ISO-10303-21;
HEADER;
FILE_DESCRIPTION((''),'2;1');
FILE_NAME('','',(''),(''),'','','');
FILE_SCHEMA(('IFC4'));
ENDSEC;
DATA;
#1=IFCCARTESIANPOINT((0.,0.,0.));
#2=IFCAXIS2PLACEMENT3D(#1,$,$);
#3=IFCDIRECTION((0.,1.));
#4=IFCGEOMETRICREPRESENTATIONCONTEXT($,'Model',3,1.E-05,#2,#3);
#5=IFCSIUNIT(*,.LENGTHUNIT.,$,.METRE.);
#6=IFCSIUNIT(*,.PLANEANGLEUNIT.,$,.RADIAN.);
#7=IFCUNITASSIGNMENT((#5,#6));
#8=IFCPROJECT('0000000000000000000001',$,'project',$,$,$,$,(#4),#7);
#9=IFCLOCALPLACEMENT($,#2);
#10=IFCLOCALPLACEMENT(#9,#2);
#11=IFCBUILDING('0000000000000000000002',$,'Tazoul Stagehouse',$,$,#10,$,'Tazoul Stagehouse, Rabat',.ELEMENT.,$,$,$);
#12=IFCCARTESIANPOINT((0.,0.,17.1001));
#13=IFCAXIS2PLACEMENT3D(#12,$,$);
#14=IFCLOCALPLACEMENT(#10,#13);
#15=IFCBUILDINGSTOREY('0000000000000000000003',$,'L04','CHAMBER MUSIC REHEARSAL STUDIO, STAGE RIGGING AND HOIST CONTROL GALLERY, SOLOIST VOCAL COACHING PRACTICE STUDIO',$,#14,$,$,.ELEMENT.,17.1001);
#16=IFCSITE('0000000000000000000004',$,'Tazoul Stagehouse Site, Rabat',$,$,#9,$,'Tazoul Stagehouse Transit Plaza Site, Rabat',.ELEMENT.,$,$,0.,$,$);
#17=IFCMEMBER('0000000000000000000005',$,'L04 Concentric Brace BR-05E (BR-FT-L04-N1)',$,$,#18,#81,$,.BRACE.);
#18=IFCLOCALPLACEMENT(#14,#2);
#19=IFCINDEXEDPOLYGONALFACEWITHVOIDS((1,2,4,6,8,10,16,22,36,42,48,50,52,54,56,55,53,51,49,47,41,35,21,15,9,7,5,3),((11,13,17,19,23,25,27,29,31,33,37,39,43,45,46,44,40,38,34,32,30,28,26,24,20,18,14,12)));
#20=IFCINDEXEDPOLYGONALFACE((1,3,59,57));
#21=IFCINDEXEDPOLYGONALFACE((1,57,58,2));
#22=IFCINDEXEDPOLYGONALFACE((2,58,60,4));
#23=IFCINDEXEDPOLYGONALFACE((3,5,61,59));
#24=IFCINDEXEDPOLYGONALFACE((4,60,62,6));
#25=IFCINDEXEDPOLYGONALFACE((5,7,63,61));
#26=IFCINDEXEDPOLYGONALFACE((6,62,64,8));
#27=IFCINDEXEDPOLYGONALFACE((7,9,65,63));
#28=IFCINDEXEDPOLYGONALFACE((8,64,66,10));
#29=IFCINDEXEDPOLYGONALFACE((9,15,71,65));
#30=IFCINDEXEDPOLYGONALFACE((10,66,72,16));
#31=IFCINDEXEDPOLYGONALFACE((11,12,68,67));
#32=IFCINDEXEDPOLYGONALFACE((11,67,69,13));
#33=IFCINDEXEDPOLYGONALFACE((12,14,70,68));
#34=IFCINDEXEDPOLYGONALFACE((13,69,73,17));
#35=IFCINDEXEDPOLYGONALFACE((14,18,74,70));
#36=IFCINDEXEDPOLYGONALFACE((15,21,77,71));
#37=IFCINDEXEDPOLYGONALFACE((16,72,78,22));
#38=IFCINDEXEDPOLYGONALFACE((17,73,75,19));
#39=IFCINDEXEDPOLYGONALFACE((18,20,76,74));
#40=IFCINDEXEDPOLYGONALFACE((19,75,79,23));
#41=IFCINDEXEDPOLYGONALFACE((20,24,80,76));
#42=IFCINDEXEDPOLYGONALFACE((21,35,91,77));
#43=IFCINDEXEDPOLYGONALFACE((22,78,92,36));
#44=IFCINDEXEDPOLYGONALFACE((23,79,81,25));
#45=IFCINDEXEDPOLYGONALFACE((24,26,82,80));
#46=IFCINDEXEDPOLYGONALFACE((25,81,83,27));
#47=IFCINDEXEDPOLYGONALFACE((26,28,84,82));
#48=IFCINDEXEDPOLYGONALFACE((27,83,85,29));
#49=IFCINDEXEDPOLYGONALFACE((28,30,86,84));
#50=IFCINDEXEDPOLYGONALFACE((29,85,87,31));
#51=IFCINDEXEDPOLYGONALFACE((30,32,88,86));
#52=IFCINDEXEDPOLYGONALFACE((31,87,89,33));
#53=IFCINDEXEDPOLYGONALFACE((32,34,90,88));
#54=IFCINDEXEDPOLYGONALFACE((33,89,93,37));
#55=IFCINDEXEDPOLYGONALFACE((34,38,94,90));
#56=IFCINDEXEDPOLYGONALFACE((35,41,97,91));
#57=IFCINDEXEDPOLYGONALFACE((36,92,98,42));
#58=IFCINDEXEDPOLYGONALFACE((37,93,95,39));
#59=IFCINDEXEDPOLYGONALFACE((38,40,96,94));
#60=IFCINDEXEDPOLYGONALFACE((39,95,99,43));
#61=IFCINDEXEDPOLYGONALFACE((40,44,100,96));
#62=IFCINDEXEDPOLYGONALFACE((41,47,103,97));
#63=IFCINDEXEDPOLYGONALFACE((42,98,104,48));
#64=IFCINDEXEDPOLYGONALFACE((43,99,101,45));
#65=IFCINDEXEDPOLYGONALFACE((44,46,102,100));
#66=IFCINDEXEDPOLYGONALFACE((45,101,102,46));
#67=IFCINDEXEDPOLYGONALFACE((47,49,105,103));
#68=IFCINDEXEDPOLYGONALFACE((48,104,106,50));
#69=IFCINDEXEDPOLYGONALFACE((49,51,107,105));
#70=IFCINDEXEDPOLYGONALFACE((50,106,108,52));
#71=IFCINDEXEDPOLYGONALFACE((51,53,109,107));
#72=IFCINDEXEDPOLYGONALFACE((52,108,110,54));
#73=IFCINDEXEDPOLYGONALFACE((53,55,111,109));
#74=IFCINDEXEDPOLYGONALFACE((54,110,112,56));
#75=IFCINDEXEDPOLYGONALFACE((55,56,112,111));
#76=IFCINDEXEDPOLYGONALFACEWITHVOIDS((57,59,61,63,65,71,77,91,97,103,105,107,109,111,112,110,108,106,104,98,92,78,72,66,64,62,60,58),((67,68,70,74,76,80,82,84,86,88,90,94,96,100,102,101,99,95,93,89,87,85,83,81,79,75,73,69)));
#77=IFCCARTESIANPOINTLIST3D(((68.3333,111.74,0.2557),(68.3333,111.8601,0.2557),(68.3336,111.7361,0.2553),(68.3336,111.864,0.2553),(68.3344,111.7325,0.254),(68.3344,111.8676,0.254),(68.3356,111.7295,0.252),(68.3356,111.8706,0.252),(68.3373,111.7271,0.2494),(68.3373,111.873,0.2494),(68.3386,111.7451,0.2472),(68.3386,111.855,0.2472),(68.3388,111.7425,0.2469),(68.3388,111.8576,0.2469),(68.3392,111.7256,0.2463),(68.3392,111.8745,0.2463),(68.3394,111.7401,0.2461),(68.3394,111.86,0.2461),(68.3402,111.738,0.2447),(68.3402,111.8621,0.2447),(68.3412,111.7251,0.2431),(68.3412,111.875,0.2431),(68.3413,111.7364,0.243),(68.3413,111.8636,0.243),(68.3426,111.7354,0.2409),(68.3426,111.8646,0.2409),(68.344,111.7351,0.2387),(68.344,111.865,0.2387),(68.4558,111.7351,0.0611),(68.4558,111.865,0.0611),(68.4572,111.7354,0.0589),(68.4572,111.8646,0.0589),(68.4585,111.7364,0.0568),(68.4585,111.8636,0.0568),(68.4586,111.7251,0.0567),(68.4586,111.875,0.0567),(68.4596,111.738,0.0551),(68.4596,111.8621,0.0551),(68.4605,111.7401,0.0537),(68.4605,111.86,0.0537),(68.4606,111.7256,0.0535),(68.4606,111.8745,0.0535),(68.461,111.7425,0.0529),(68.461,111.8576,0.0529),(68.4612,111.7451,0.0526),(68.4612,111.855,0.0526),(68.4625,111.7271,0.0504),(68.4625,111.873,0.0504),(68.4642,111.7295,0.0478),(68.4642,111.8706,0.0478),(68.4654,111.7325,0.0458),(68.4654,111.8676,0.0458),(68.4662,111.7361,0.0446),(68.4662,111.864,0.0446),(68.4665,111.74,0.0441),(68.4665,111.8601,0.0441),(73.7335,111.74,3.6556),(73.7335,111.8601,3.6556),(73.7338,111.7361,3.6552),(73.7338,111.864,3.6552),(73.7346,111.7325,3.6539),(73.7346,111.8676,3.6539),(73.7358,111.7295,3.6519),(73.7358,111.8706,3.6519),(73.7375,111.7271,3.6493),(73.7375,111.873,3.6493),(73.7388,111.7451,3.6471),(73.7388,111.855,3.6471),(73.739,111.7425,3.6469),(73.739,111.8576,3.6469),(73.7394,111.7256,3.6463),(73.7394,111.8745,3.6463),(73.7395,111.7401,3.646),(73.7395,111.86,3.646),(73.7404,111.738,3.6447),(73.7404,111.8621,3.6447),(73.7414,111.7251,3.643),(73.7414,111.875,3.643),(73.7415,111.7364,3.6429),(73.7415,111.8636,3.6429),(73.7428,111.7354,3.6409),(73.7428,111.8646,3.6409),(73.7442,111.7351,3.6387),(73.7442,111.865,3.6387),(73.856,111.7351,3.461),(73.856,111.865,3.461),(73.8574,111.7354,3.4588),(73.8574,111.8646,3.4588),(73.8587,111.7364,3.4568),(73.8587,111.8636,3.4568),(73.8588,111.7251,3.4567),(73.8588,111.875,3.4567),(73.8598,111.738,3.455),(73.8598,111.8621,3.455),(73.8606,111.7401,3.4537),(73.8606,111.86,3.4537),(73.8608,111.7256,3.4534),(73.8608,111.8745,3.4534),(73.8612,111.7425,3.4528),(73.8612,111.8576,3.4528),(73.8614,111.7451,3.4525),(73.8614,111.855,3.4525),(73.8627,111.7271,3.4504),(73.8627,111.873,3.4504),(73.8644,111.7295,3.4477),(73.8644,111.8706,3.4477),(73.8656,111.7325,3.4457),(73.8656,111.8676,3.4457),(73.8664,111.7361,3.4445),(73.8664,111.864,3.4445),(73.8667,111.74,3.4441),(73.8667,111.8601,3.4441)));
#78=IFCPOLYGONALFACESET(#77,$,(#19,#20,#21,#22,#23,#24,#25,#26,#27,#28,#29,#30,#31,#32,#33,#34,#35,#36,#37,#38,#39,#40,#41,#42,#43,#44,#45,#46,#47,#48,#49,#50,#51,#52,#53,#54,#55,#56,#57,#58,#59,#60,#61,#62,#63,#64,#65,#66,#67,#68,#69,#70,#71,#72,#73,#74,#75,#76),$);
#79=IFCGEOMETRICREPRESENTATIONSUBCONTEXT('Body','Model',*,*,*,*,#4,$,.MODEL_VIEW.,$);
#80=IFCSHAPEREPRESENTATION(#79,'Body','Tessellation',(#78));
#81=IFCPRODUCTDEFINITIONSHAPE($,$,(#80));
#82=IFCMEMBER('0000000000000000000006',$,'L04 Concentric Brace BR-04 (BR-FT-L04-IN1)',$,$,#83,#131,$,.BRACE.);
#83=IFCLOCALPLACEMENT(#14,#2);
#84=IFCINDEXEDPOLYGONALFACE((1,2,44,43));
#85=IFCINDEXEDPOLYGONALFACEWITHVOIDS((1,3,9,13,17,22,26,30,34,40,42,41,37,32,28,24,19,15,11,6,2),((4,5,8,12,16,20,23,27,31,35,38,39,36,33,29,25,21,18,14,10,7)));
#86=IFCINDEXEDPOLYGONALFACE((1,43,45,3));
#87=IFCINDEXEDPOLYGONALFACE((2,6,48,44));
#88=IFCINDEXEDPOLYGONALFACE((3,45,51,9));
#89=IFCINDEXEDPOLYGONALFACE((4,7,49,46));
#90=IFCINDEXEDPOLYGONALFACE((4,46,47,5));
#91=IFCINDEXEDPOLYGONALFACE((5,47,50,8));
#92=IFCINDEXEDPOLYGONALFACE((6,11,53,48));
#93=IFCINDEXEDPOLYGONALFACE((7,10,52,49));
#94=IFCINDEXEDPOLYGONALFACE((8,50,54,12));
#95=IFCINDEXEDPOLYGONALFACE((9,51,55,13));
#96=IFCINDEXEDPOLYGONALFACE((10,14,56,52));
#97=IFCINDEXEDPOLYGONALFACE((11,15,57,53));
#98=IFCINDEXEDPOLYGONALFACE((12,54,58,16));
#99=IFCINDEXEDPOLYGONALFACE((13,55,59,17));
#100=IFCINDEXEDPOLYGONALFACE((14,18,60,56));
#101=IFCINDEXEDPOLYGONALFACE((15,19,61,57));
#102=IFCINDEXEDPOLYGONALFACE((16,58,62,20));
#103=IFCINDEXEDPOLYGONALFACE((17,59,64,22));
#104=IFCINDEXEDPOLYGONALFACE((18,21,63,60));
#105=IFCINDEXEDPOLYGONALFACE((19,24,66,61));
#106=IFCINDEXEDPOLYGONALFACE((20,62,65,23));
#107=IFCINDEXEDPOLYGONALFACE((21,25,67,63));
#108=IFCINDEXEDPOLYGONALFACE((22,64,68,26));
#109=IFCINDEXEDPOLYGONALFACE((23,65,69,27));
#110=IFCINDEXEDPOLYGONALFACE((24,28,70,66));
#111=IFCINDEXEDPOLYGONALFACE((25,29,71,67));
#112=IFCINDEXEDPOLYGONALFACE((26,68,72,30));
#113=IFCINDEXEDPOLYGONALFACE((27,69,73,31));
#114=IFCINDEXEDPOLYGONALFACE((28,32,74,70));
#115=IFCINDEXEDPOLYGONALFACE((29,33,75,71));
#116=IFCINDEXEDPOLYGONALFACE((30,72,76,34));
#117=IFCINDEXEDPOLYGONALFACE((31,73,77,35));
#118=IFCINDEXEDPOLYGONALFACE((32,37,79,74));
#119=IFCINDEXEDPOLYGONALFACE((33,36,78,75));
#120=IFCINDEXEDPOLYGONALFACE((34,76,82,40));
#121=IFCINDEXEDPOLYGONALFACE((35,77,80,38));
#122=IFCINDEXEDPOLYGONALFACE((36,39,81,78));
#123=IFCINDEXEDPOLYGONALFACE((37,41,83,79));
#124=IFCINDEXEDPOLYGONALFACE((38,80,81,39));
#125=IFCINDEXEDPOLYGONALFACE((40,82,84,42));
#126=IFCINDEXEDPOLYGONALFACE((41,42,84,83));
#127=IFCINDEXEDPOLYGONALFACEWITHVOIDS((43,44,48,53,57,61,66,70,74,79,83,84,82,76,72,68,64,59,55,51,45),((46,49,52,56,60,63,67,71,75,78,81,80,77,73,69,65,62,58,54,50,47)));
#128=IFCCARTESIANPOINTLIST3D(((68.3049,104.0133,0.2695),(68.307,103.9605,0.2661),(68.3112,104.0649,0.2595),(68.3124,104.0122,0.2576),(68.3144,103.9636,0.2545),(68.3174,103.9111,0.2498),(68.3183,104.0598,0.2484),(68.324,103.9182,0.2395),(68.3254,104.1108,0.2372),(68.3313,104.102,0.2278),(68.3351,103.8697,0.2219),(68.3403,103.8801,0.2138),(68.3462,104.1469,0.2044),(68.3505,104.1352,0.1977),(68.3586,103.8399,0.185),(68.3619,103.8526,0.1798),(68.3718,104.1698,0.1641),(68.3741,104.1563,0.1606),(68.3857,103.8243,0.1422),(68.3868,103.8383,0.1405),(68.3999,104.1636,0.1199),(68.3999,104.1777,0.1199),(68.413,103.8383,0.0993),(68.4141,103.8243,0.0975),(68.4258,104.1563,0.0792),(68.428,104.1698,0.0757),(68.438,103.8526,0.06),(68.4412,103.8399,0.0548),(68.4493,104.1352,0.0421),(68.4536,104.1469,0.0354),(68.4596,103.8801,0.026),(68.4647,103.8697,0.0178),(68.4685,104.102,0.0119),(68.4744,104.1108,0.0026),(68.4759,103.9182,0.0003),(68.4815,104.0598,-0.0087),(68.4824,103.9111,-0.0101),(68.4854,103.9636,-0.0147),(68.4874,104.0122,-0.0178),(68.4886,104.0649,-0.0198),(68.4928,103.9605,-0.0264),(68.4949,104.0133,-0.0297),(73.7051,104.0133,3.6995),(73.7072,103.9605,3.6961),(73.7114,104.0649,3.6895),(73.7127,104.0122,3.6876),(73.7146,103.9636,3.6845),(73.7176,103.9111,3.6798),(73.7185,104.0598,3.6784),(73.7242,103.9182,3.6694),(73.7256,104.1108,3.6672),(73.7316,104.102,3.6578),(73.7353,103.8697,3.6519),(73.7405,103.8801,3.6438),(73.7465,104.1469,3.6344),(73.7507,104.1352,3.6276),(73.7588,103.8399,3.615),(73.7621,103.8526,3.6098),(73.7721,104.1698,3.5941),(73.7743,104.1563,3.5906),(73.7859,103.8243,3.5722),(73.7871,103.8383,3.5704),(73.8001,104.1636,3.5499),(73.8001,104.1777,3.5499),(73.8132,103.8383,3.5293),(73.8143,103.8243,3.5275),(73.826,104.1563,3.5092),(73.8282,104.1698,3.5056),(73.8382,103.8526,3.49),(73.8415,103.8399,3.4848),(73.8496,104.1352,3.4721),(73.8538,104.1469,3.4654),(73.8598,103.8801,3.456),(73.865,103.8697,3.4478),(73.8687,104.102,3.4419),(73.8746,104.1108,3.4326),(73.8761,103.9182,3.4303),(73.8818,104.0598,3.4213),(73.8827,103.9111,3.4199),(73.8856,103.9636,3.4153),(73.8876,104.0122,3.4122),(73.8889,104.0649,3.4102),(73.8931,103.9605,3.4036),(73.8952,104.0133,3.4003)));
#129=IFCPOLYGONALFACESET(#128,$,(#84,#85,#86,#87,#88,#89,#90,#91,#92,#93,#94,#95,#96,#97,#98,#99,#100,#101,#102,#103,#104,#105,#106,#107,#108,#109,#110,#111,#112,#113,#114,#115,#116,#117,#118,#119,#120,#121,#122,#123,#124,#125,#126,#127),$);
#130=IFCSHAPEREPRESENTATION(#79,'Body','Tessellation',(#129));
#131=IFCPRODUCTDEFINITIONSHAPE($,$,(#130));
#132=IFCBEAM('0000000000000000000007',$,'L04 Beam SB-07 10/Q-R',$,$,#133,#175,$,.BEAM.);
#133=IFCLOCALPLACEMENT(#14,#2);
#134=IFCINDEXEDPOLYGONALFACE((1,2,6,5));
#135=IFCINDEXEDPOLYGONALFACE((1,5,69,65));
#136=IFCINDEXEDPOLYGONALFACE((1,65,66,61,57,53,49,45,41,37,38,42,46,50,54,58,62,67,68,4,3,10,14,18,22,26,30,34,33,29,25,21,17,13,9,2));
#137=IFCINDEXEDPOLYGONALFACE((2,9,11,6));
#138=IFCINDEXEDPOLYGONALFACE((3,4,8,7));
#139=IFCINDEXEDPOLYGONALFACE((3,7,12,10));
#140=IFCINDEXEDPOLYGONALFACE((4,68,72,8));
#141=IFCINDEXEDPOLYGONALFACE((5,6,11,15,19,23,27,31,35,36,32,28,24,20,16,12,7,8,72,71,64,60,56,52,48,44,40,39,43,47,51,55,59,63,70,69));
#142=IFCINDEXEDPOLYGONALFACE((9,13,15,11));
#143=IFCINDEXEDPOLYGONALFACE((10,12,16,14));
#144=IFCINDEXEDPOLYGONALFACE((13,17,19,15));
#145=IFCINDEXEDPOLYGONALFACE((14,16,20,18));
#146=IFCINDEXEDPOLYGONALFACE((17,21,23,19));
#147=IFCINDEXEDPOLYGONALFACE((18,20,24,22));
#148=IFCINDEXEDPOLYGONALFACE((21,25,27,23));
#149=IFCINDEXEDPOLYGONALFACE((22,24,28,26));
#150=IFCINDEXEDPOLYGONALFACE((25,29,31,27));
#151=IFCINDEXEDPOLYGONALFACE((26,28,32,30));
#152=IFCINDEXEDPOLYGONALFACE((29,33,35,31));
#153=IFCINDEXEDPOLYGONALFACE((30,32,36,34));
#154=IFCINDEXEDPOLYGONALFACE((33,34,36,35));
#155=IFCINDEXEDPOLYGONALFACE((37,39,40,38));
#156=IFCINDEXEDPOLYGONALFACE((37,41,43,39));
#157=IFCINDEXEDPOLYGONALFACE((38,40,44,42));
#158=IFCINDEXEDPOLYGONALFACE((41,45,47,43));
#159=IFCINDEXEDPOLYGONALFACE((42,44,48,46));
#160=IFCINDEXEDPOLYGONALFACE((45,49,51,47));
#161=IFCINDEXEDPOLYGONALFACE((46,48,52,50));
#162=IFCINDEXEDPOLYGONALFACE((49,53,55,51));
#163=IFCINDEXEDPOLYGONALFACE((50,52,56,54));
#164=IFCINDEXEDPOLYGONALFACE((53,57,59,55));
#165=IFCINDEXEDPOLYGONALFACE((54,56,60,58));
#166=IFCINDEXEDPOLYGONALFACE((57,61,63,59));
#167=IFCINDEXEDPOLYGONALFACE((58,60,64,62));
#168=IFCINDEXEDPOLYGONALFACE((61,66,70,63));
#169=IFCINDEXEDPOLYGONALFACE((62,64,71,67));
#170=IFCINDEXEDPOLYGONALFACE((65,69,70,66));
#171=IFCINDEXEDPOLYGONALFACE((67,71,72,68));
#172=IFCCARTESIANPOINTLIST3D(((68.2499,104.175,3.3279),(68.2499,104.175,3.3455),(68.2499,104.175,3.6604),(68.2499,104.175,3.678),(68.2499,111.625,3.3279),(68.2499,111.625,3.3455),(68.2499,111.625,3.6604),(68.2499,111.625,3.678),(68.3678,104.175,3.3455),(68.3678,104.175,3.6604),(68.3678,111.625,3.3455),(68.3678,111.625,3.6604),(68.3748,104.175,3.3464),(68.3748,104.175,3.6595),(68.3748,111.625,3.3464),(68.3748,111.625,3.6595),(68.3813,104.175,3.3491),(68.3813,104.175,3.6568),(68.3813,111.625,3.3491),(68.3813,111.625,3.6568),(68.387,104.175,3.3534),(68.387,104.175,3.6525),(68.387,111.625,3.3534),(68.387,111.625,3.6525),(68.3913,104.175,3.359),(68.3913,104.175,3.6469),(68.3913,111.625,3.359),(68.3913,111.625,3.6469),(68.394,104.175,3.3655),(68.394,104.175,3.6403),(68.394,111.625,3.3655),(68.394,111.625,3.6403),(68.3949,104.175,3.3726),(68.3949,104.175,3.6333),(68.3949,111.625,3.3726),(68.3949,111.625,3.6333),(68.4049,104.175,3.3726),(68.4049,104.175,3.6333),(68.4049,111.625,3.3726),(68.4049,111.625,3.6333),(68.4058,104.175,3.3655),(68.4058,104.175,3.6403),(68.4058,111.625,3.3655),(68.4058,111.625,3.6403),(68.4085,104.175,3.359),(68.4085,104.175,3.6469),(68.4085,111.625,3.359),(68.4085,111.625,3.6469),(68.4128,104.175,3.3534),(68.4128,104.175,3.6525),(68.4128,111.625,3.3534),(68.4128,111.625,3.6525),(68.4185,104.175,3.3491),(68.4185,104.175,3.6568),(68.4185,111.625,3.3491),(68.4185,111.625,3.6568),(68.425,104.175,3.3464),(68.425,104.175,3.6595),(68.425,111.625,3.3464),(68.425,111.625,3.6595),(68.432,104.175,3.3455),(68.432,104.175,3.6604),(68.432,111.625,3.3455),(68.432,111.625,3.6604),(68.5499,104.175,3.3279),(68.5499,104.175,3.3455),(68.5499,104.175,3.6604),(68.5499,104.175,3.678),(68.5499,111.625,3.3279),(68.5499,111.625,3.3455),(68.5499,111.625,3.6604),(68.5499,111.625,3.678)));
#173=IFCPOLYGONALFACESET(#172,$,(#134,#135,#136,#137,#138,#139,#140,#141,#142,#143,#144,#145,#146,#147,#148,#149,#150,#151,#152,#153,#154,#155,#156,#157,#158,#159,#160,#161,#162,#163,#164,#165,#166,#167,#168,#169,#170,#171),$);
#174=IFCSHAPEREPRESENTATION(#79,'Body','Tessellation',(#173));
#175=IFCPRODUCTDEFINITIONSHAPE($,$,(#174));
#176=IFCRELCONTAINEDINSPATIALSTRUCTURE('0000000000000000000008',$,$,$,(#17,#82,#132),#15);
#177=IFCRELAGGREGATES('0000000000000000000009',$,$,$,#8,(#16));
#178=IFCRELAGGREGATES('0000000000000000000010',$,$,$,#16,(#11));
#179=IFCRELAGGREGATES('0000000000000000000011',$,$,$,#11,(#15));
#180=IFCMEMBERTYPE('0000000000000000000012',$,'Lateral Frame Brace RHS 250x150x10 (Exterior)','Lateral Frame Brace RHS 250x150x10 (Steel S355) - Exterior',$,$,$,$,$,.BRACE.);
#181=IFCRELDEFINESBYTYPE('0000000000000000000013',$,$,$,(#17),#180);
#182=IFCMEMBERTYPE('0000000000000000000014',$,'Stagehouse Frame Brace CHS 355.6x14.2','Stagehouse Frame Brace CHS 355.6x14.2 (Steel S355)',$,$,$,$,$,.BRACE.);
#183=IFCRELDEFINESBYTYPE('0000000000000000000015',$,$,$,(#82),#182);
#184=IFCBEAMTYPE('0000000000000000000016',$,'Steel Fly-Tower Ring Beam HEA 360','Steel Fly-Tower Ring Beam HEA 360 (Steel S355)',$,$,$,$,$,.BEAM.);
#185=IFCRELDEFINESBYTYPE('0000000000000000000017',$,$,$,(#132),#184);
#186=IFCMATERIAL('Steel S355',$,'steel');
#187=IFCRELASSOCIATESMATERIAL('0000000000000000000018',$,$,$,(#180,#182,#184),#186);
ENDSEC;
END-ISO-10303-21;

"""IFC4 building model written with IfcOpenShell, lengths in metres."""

from ifc_helpers import new_model, si_unit, direction, frame, origin, origin_2d, place, context, subcontext, project, spatial, hollow_rectangle, hollow_circle, i_section, extrude, material, material_profile, profile_set, type_object, element, save


model = new_model("IFC4")

# Units and contexts
model_context = context("Model", 3, precision=1e-05, world=origin(), true_north=direction((0.0, 1.0)))
body_context = subcontext(model_context, "Body", "Model", "MODEL_VIEW")
ifc_project = project(units=[si_unit("LENGTHUNIT", "METRE"), si_unit("PLANEANGLEUNIT", "RADIAN")], contexts=[model_context])

# Site, building, storey
site_placement = place(None, origin())
site = spatial("IfcSite", under=ifc_project, at=site_placement, Name="Tazoul Stagehouse Site, Rabat", LongName="Tazoul Stagehouse Transit Plaza Site, Rabat", CompositionType="ELEMENT", RefElevation=0.0)
building_placement = place(site_placement, origin())
building = spatial("IfcBuilding", under=site, at=building_placement, Name="Tazoul Stagehouse", LongName="Tazoul Stagehouse, Rabat", CompositionType="ELEMENT")
storey_placement = place(building_placement, frame((0.0, 0.0, 17.1001)))
storey = spatial("IfcBuildingStorey", under=building, at=storey_placement, Name="L04", Description="CHAMBER MUSIC REHEARSAL STUDIO, STAGE RIGGING AND HOIST CONTROL GALLERY, SOLOIST VOCAL COACHING PRACTICE STUDIO", CompositionType="ELEMENT", Elevation=17.1001)

# Shared definitions
ifc_material_1 = material(Name="Steel S355", Category="steel")

# Members
ifc_material_profile_1 = material_profile(ifc_material_1, hollow_rectangle(XDim=0.1499, YDim=0.25, WallThickness=0.01, InnerFilletRadius=0.01, OuterFilletRadius=0.0149, at=origin_2d()), Name="RHS 250x150x10")
ifc_profile_set_1 = profile_set([ifc_material_profile_1], Name="Steel S355")
member_type_1 = type_object("IfcMemberType", Name="Lateral Frame Brace RHS 250x150x10 (Exterior)", Description="Lateral Frame Brace RHS 250x150x10 (Steel S355) - Exterior", PredefinedType="BRACE", material=ifc_profile_set_1)
member_1_placement = place(storey_placement, frame((68.3999, 111.8, 0.1499), z_axis=(0.846246, 0.0, 0.532792), x_axis=(0.0, 1.0, 0.0)))
element("IfcMember", 1, at=member_1_placement, inside=storey, type_object=member_type_1, Name="L04 Concentric Brace BR-05E (BR-FT-L04-N1)", PredefinedType="BRACE", context=body_context, shape_type="SweptSolid", body=[
    extrude(hollow_rectangle(XDim=0.1499, YDim=0.25, WallThickness=0.01, InnerFilletRadius=0.01, OuterFilletRadius=0.0149, at=origin_2d()), origin(), (0.0, 0.0, 1.0), 6.3813),
])
ifc_material_profile_2 = material_profile(ifc_material_1, hollow_circle(Radius=0.1777, WallThickness=0.0142, at=origin_2d()), Name="CHS 355.6x14.2")
ifc_profile_set_2 = profile_set([ifc_material_profile_2], Name="Steel S355")
member_type_2 = type_object("IfcMemberType", Name="Stagehouse Frame Brace CHS 355.6x14.2", Description="Stagehouse Frame Brace CHS 355.6x14.2 (Steel S355)", PredefinedType="BRACE", material=ifc_profile_set_2)
member_2_placement = place(storey_placement, frame((68.3999, 104.0, 0.1199), z_axis=(0.844123, 0.0, 0.536149), x_axis=(0.0, 1.0, 0.0)))
element("IfcMember", 2, at=member_2_placement, inside=storey, type_object=member_type_2, Name="L04 Concentric Brace BR-04 (BR-FT-L04-IN1)", PredefinedType="BRACE", context=body_context, shape_type="SweptSolid", body=[
    extrude(hollow_circle(Radius=0.1777, WallThickness=0.0142, at=origin_2d()), origin(), (0.0, 0.0, 1.0), 6.3975),
])

# Beam
ifc_material_profile_3 = material_profile(ifc_material_1, i_section(OverallWidth=0.3, OverallDepth=0.3501, WebThickness=0.01, FlangeThickness=0.0176, FilletRadius=0.0271, at=origin_2d()), Name="HEA 360")
ifc_profile_set_3 = profile_set([ifc_material_profile_3], Name="Steel S355")
beam_type_1 = type_object("IfcBeamType", Name="Steel Fly-Tower Ring Beam HEA 360", Description="Steel Fly-Tower Ring Beam HEA 360 (Steel S355)", PredefinedType="BEAM", material=ifc_profile_set_3)
beam_1_placement = place(storey_placement, frame((68.3999, 104.175, 3.5029), z_axis=(0.0, 1.0, 0.0), x_axis=(-1.0, 0.0, 0.0)))
element("IfcBeam", 3, at=beam_1_placement, inside=storey, type_object=beam_type_1, Name="L04 Beam SB-07 10/Q-R", PredefinedType="BEAM", context=body_context, shape_type="SweptSolid", body=[
    extrude(i_section(OverallWidth=0.3, OverallDepth=0.3501, WebThickness=0.01, FlangeThickness=0.0176, FilletRadius=0.0271, at=origin_2d()), origin(), (0.0, 0.0, 1.0), 7.45),
])

save(model, "model.ifc")
